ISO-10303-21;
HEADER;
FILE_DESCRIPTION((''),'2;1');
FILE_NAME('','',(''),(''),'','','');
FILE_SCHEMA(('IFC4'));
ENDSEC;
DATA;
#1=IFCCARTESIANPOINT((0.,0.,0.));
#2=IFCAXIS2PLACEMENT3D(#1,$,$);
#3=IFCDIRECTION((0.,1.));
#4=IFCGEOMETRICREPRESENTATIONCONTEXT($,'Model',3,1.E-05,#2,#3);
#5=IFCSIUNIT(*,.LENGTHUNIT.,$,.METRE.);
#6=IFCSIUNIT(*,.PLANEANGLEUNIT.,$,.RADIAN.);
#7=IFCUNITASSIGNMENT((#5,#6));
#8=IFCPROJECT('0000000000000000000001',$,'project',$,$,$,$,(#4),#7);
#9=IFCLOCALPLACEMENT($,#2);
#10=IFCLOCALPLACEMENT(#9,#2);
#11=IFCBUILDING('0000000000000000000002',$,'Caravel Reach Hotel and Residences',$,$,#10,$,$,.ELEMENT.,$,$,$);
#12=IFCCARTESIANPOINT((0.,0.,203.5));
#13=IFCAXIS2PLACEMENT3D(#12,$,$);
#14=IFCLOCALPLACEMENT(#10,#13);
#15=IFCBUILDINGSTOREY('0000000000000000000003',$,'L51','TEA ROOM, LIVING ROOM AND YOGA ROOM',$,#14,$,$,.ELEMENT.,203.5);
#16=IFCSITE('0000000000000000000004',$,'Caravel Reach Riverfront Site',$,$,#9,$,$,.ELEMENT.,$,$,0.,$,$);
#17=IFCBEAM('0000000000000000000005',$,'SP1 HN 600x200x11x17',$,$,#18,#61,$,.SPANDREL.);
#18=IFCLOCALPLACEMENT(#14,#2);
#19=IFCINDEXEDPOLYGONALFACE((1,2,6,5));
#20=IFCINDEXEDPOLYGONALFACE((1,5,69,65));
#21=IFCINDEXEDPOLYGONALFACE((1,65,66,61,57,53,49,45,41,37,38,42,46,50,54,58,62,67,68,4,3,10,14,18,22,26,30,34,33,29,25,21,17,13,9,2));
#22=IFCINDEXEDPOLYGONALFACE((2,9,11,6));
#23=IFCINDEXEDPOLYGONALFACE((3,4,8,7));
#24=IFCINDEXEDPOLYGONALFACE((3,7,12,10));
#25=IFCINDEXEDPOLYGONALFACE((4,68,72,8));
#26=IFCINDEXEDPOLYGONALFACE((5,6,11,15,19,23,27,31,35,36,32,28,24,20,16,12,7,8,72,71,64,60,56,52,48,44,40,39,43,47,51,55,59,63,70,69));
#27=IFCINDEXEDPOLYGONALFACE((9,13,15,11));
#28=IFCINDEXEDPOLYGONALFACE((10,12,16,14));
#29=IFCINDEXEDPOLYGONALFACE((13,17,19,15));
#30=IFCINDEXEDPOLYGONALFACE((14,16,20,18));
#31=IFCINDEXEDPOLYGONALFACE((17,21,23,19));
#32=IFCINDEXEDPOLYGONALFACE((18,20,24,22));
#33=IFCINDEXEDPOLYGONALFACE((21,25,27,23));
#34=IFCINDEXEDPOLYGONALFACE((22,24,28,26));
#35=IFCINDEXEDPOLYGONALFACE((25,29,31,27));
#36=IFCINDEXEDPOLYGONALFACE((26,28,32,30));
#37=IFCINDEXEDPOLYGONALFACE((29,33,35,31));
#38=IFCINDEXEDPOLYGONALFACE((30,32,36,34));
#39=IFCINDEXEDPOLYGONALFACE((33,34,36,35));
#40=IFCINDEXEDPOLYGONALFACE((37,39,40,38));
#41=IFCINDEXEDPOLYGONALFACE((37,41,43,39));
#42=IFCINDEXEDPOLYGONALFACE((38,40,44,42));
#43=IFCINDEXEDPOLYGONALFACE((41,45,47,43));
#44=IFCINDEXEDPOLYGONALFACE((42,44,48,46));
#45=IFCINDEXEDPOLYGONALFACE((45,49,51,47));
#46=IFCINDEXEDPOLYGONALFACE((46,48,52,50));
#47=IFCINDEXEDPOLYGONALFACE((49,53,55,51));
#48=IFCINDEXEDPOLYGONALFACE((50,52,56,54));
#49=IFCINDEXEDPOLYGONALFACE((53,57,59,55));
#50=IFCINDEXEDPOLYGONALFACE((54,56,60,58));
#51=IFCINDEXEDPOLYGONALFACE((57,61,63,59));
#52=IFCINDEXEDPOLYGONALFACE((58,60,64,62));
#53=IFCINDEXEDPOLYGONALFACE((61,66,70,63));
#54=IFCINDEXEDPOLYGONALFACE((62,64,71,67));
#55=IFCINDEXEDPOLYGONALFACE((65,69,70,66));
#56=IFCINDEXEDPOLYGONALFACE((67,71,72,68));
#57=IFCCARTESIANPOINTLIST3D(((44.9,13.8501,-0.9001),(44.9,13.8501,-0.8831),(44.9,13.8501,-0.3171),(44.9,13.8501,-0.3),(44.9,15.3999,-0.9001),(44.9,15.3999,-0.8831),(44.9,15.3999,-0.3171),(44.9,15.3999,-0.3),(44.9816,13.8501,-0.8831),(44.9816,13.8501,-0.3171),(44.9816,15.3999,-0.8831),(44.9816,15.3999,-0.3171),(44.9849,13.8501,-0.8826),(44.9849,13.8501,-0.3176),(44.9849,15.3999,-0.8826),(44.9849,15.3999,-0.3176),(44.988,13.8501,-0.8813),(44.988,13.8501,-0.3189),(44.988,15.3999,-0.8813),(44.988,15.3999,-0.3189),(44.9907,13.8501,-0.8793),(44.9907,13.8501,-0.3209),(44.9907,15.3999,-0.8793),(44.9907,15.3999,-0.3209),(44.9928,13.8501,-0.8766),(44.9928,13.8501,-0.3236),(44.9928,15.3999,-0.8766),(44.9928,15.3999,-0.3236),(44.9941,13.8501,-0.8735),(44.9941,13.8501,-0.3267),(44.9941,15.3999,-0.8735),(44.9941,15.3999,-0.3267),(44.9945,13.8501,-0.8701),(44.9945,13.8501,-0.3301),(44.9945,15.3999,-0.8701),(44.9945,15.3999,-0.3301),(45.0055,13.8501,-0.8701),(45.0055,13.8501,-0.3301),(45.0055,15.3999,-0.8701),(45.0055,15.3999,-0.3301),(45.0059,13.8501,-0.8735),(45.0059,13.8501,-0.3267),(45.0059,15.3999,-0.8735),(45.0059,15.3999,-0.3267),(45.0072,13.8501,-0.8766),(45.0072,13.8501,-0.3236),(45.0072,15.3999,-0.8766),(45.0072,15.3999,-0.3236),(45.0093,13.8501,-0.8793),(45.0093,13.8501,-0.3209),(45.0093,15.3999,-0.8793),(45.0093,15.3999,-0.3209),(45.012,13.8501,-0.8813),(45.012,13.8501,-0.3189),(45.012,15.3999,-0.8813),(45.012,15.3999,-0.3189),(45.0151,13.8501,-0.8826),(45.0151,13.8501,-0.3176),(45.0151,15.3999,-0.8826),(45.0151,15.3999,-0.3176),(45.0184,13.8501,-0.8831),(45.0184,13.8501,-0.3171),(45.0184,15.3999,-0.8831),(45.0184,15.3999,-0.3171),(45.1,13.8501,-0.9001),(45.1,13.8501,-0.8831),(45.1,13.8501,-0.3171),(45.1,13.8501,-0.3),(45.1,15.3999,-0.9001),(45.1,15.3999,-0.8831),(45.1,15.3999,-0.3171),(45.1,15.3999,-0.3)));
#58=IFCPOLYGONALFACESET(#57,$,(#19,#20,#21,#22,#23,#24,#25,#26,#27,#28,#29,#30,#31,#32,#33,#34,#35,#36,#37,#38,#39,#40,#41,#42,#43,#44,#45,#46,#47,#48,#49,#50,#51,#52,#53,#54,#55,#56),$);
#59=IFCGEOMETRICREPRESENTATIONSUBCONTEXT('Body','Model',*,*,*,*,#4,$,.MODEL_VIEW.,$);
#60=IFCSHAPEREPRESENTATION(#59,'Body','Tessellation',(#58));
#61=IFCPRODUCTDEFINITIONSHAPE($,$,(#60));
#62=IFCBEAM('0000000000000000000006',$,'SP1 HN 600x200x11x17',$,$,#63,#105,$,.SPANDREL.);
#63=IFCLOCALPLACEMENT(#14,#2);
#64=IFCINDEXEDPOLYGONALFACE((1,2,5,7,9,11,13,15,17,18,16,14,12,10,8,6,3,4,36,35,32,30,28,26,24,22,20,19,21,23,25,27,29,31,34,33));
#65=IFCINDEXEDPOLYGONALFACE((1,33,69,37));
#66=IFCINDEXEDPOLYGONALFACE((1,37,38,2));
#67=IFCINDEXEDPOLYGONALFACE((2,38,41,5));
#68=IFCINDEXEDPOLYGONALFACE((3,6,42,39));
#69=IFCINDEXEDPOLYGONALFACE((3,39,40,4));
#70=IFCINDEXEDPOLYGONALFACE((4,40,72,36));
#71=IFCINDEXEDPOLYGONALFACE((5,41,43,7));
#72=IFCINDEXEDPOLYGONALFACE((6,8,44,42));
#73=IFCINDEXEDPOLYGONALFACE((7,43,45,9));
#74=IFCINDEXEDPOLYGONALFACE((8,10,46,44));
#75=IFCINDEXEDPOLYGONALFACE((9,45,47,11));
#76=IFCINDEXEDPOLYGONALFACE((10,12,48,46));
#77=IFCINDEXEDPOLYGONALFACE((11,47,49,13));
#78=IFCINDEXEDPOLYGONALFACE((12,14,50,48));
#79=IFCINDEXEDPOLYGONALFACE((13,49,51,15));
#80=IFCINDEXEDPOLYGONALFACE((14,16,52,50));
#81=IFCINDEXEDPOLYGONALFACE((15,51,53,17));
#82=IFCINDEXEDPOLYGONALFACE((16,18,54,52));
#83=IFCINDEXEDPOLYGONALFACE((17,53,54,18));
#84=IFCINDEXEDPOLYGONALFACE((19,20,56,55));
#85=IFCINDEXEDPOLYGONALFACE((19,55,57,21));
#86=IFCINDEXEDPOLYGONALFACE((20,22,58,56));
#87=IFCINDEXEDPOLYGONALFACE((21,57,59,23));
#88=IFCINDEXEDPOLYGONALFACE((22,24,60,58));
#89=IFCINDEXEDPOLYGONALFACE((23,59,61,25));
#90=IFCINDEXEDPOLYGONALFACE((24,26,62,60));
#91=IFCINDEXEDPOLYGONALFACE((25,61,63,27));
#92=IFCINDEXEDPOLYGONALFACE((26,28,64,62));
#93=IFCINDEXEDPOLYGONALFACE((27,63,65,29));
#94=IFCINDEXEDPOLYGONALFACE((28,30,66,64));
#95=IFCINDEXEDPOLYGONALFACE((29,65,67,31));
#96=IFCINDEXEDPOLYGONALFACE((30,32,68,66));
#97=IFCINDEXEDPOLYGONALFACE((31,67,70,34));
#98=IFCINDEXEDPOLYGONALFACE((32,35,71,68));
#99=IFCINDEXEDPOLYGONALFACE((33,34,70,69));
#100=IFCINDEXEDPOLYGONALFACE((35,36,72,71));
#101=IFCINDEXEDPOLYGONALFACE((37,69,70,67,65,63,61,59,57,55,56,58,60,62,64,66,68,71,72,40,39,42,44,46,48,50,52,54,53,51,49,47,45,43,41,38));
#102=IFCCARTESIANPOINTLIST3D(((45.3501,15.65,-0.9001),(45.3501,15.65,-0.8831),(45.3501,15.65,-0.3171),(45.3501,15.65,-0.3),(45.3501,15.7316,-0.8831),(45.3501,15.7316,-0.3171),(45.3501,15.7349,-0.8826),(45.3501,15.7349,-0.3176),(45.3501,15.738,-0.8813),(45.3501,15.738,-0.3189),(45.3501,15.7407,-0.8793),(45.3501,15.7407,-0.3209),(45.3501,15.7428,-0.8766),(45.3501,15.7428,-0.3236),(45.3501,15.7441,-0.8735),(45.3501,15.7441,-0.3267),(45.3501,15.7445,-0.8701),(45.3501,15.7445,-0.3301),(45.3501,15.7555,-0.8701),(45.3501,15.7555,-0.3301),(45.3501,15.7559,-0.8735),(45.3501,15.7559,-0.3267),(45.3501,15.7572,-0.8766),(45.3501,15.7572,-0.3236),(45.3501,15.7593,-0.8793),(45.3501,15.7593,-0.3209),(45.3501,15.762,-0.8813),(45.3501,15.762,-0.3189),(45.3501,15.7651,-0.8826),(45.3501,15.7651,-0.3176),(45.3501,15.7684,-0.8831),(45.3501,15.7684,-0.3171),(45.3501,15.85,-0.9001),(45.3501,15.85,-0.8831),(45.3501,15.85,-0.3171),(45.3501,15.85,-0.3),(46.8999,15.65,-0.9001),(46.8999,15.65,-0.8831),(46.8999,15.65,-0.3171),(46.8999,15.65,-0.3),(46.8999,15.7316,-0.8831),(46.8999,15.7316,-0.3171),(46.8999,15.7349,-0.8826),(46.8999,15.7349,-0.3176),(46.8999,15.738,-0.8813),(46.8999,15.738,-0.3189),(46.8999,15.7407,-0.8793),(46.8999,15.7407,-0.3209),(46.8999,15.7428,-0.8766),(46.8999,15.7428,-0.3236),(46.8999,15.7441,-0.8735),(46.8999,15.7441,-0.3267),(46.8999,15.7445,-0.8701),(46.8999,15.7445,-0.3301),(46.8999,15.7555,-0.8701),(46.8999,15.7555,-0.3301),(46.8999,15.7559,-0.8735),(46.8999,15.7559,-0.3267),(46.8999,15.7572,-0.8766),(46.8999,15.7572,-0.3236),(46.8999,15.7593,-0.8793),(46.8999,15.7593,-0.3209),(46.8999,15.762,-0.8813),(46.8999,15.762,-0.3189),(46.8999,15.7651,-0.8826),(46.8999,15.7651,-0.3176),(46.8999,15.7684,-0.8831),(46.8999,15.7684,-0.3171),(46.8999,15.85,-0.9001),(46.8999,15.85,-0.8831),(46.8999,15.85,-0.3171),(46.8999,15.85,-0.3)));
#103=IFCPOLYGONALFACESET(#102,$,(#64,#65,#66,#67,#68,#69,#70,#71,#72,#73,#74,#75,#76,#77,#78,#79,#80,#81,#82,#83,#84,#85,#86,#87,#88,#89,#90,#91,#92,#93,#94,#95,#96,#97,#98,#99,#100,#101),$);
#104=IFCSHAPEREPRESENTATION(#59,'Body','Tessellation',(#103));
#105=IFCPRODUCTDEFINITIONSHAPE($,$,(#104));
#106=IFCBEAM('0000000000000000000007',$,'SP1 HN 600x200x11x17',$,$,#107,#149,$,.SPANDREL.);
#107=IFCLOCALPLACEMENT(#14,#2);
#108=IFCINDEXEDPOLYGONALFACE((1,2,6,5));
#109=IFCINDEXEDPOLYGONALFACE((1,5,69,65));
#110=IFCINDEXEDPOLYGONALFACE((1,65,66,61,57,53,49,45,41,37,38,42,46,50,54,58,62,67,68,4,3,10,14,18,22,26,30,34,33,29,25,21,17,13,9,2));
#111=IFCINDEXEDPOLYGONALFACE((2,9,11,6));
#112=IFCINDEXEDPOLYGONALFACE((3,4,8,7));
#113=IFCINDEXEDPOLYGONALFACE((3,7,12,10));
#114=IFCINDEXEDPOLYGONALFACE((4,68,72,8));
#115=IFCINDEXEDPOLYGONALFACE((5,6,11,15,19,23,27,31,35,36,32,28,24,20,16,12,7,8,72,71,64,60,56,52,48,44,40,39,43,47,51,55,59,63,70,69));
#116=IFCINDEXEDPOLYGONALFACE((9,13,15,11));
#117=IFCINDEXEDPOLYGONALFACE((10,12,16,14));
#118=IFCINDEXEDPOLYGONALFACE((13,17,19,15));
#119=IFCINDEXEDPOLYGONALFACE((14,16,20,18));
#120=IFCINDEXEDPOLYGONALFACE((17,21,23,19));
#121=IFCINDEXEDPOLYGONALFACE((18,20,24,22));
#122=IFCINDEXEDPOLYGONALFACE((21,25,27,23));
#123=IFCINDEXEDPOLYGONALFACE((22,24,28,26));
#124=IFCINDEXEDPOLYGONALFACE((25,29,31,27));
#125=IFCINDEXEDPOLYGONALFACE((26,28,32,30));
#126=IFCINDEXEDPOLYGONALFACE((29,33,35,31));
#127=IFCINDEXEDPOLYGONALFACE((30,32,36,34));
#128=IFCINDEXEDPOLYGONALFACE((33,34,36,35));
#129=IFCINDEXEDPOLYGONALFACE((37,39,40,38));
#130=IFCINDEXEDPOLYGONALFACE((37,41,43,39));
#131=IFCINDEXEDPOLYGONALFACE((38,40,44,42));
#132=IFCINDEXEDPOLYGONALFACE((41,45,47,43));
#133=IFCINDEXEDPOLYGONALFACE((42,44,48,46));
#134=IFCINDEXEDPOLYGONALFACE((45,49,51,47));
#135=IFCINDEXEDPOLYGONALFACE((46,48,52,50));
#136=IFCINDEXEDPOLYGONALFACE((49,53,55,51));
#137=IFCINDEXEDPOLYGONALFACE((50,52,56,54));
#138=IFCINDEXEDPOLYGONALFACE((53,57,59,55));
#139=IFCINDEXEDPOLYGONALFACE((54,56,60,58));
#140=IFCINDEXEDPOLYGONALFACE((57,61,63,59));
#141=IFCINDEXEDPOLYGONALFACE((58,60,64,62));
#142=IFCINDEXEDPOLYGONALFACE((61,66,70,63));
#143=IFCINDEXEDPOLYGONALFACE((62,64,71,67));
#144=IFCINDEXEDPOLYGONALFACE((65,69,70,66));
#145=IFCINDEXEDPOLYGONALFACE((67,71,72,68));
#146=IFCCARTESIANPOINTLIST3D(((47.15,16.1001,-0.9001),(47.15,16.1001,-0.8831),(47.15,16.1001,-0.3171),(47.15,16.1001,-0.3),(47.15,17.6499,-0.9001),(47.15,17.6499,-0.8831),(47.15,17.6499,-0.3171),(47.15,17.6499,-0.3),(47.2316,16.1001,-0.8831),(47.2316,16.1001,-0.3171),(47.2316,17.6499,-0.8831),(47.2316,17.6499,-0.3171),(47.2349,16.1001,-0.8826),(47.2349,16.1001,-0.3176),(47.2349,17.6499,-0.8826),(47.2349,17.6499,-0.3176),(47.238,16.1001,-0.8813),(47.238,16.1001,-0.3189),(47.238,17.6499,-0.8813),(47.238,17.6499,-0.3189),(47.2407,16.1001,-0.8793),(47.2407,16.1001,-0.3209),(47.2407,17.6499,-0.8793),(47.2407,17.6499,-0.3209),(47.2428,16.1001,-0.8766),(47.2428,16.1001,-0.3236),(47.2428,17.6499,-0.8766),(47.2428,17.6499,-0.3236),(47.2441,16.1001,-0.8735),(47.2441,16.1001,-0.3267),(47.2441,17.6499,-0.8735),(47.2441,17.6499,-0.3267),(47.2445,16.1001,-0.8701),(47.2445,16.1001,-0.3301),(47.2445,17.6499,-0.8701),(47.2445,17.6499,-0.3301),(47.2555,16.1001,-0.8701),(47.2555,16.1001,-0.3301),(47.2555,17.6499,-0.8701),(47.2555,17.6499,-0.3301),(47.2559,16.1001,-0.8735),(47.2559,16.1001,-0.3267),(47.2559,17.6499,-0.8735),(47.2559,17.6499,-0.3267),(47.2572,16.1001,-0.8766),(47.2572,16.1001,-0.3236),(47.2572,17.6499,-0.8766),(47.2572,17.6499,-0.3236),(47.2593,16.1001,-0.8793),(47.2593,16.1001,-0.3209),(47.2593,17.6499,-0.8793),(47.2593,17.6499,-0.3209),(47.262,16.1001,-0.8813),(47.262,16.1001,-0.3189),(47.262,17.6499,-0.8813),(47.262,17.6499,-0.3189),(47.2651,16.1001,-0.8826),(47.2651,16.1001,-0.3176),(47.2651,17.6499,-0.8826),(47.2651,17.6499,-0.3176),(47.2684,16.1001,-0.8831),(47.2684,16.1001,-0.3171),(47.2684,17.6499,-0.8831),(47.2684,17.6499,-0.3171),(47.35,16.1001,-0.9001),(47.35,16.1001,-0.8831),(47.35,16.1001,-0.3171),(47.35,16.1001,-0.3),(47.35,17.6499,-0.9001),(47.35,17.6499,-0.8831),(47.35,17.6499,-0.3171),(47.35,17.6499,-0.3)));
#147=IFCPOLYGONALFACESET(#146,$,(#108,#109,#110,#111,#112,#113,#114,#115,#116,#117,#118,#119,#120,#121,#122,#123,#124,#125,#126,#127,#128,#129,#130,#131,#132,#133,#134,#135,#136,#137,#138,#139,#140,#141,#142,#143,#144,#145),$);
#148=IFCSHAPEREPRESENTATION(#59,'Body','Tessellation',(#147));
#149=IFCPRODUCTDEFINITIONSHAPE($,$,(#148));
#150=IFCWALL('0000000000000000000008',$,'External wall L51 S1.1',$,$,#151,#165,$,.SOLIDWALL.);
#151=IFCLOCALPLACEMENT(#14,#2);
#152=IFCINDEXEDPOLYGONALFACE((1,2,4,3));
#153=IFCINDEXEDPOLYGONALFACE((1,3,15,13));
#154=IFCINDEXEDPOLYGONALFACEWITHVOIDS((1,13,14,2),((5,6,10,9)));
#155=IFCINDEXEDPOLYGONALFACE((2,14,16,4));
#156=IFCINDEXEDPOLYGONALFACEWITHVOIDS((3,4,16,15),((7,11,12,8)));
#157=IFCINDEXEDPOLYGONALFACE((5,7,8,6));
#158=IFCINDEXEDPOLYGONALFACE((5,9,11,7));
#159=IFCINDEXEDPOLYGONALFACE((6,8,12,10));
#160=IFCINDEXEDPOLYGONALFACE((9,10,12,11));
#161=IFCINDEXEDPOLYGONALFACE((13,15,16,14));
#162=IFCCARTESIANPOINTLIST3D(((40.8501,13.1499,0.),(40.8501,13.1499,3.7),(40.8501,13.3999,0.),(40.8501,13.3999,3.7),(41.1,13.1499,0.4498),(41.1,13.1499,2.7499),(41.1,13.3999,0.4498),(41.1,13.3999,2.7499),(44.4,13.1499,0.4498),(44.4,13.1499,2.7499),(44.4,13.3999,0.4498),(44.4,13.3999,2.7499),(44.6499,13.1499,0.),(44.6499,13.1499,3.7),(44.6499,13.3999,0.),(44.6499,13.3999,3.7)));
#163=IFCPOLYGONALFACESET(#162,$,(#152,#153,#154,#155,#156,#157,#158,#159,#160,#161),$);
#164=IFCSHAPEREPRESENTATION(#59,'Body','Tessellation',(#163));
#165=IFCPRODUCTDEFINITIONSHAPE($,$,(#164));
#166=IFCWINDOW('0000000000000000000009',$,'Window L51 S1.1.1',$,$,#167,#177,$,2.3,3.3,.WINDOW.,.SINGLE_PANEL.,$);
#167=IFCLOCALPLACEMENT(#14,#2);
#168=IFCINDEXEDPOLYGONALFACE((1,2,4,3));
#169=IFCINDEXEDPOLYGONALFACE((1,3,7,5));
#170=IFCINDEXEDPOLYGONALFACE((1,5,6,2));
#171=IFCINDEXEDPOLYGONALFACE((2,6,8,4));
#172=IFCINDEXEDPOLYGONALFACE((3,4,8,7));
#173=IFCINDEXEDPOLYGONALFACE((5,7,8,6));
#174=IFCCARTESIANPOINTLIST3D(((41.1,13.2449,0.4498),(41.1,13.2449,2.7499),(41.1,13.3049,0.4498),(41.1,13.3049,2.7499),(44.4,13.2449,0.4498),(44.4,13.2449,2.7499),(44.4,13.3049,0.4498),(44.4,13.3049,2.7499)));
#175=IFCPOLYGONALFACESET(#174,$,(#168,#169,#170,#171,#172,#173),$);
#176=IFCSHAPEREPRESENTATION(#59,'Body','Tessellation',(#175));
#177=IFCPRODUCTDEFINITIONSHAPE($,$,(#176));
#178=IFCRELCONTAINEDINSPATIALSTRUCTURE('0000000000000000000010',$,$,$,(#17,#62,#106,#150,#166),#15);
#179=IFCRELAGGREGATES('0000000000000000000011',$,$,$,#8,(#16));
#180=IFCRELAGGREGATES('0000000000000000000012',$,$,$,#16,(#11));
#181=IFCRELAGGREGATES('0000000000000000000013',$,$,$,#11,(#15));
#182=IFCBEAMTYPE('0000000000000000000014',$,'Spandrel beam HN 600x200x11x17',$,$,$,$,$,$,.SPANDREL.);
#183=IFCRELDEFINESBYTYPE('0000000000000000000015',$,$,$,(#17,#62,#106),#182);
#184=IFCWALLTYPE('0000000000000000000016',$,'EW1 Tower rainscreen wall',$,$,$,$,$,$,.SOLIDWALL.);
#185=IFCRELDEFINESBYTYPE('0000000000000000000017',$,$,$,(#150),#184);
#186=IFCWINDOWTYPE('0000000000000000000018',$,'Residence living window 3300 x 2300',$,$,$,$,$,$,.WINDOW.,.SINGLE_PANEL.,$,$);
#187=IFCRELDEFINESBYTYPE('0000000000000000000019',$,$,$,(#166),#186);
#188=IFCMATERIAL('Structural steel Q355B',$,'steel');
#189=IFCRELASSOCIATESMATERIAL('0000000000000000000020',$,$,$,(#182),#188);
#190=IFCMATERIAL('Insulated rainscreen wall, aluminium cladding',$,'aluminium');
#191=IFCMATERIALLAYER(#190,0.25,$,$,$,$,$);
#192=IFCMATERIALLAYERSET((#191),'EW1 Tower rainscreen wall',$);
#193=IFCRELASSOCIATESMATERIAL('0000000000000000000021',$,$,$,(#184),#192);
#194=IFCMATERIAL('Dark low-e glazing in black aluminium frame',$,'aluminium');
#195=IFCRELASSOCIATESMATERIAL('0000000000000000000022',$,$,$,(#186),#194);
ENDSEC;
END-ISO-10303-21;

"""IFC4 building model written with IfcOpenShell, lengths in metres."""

from ifc_helpers import new_model, si_unit, direction, frame, frame_2d, origin, origin_2d, place, context, subcontext, project, spatial, rectangle, i_section, extrude, material, layer, layer_set, material_profile, profile_set, type_object, element, fill, save


model = new_model("IFC4")

# Units and contexts
model_context = context("Model", 3, precision=1e-05, world=origin(), true_north=direction((0.0, 1.0)))
body_context = subcontext(model_context, "Body", "Model", "MODEL_VIEW")
ifc_project = project(units=[si_unit("LENGTHUNIT", "METRE"), si_unit("PLANEANGLEUNIT", "RADIAN")], contexts=[model_context])

# Site, building, storey
site_placement = place(None, origin())
site = spatial("IfcSite", under=ifc_project, at=site_placement, Name="Caravel Reach Riverfront Site", CompositionType="ELEMENT", RefElevation=0.0)
building_placement = place(site_placement, origin())
building = spatial("IfcBuilding", under=site, at=building_placement, Name="Caravel Reach Hotel and Residences", CompositionType="ELEMENT")
storey_placement = place(building_placement, frame((0.0, 0.0, 203.5)))
storey = spatial("IfcBuildingStorey", under=building, at=storey_placement, Name="L51", Description="TEA ROOM, LIVING ROOM AND YOGA ROOM", CompositionType="ELEMENT", Elevation=203.5)

# Beams
ifc_material_1 = material(Name="Structural steel Q355B", Category="steel")
ifc_material_profile_1 = material_profile(ifc_material_1, i_section(OverallWidth=0.2, OverallDepth=0.6001, WebThickness=0.011, FlangeThickness=0.0171, FilletRadius=0.0129, at=origin_2d()), Name="HN 600x200x11x17")
ifc_profile_set_1 = profile_set([ifc_material_profile_1], Name="Structural steel Q355B")
beam_type_1 = type_object("IfcBeamType", Name="Spandrel beam HN 600x200x11x17", PredefinedType="SPANDREL", material=ifc_profile_set_1)
for number, where, z_axis, x_axis, name in (
    (1, (45.0, 13.8501, -0.6001), (0.0, 1.0, 0.0), (-1.0, 0.0, 0.0), "SP1 HN 600x200x11x17"),
    (2, (45.3501, 15.75, -0.6001), (1.0, 0.0, 0.0), (0.0, 1.0, 0.0), "SP1 HN 600x200x11x17"),
    (3, (47.25, 16.1001, -0.6001), (0.0, 1.0, 0.0), (-1.0, 0.0, 0.0), "SP1 HN 600x200x11x17"),
):
    element("IfcBeam", number, at=place(storey_placement, frame(where, z_axis=z_axis, x_axis=x_axis)), inside=storey, type_object=beam_type_1, Name=name, PredefinedType="SPANDREL", context=body_context, shape_type="SweptSolid", body=[
        extrude(i_section(OverallWidth=0.2, OverallDepth=0.6001, WebThickness=0.011, FlangeThickness=0.0171, FilletRadius=0.0129, at=origin_2d()), origin(), (0.0, 0.0, 1.0), 1.5498),
    ])

# Wall, opening, window
ifc_material_2 = material(Name="Insulated rainscreen wall, aluminium cladding", Category="aluminium")
ifc_layer_1 = layer(ifc_material_2, 0.25)
ifc_layer_set_1 = layer_set([ifc_layer_1], Name="EW1 Tower rainscreen wall")
wall_type_1 = type_object("IfcWallType", Name="EW1 Tower rainscreen wall", PredefinedType="SOLIDWALL", material=ifc_layer_set_1)
wall_1_placement = place(storey_placement, frame((40.8501, 13.2749, 0.0), z_axis=(0.0, 0.0, 1.0), x_axis=(1.0, 0.0, 0.0)))
wall_1 = element("IfcWall", 4, at=wall_1_placement, inside=storey, type_object=wall_type_1, Name="External wall L51 S1.1", PredefinedType="SOLIDWALL", context=body_context, shape_type="SweptSolid", body=[
    extrude(rectangle(XDim=3.7998, YDim=0.25, at=frame_2d((1.8999, 0.0))), origin(), (0.0, 0.0, 1.0), 3.7),
])
opening_1_placement = place(wall_1_placement, frame((0.25, 0.0, 0.45)))
opening_1 = element("IfcOpeningElement", 5, at=opening_1_placement, cuts=wall_1, PredefinedType="OPENING", context=body_context, shape_type="SweptSolid", body=[
    extrude(rectangle(XDim=3.3, YDim=2.3, at=frame_2d((1.6499, 1.1499))), frame((0.0, 0.135, 0.0), z_axis=(0.0, -1.0, 0.0), x_axis=(1.0, 0.0, 0.0)), (0.0, 0.0, 1.0), 0.27),
])
ifc_material_3 = material(Name="Dark low-e glazing in black aluminium frame", Category="aluminium")
window_type_1 = type_object("IfcWindowType", Name="Residence living window 3300 x 2300", PartitioningType="SINGLE_PANEL", PredefinedType="WINDOW", material=ifc_material_3)
window_1_placement = place(opening_1_placement, origin())
window_1 = element("IfcWindow", 6, at=window_1_placement, inside=storey, type_object=window_type_1, Name="Window L51 S1.1.1", OverallHeight=2.3, OverallWidth=3.3, PartitioningType="SINGLE_PANEL", PredefinedType="WINDOW", context=body_context, shape_type="SweptSolid", body=[
    extrude(rectangle(XDim=3.3, YDim=2.3, at=frame_2d((1.6499, 1.1499))), frame((0.0, 0.03, 0.0), z_axis=(0.0, -1.0, 0.0), x_axis=(1.0, 0.0, 0.0)), (0.0, 0.0, 1.0), 0.0601),
])
fill(opening_1, window_1)

save(model, "model.ifc")
